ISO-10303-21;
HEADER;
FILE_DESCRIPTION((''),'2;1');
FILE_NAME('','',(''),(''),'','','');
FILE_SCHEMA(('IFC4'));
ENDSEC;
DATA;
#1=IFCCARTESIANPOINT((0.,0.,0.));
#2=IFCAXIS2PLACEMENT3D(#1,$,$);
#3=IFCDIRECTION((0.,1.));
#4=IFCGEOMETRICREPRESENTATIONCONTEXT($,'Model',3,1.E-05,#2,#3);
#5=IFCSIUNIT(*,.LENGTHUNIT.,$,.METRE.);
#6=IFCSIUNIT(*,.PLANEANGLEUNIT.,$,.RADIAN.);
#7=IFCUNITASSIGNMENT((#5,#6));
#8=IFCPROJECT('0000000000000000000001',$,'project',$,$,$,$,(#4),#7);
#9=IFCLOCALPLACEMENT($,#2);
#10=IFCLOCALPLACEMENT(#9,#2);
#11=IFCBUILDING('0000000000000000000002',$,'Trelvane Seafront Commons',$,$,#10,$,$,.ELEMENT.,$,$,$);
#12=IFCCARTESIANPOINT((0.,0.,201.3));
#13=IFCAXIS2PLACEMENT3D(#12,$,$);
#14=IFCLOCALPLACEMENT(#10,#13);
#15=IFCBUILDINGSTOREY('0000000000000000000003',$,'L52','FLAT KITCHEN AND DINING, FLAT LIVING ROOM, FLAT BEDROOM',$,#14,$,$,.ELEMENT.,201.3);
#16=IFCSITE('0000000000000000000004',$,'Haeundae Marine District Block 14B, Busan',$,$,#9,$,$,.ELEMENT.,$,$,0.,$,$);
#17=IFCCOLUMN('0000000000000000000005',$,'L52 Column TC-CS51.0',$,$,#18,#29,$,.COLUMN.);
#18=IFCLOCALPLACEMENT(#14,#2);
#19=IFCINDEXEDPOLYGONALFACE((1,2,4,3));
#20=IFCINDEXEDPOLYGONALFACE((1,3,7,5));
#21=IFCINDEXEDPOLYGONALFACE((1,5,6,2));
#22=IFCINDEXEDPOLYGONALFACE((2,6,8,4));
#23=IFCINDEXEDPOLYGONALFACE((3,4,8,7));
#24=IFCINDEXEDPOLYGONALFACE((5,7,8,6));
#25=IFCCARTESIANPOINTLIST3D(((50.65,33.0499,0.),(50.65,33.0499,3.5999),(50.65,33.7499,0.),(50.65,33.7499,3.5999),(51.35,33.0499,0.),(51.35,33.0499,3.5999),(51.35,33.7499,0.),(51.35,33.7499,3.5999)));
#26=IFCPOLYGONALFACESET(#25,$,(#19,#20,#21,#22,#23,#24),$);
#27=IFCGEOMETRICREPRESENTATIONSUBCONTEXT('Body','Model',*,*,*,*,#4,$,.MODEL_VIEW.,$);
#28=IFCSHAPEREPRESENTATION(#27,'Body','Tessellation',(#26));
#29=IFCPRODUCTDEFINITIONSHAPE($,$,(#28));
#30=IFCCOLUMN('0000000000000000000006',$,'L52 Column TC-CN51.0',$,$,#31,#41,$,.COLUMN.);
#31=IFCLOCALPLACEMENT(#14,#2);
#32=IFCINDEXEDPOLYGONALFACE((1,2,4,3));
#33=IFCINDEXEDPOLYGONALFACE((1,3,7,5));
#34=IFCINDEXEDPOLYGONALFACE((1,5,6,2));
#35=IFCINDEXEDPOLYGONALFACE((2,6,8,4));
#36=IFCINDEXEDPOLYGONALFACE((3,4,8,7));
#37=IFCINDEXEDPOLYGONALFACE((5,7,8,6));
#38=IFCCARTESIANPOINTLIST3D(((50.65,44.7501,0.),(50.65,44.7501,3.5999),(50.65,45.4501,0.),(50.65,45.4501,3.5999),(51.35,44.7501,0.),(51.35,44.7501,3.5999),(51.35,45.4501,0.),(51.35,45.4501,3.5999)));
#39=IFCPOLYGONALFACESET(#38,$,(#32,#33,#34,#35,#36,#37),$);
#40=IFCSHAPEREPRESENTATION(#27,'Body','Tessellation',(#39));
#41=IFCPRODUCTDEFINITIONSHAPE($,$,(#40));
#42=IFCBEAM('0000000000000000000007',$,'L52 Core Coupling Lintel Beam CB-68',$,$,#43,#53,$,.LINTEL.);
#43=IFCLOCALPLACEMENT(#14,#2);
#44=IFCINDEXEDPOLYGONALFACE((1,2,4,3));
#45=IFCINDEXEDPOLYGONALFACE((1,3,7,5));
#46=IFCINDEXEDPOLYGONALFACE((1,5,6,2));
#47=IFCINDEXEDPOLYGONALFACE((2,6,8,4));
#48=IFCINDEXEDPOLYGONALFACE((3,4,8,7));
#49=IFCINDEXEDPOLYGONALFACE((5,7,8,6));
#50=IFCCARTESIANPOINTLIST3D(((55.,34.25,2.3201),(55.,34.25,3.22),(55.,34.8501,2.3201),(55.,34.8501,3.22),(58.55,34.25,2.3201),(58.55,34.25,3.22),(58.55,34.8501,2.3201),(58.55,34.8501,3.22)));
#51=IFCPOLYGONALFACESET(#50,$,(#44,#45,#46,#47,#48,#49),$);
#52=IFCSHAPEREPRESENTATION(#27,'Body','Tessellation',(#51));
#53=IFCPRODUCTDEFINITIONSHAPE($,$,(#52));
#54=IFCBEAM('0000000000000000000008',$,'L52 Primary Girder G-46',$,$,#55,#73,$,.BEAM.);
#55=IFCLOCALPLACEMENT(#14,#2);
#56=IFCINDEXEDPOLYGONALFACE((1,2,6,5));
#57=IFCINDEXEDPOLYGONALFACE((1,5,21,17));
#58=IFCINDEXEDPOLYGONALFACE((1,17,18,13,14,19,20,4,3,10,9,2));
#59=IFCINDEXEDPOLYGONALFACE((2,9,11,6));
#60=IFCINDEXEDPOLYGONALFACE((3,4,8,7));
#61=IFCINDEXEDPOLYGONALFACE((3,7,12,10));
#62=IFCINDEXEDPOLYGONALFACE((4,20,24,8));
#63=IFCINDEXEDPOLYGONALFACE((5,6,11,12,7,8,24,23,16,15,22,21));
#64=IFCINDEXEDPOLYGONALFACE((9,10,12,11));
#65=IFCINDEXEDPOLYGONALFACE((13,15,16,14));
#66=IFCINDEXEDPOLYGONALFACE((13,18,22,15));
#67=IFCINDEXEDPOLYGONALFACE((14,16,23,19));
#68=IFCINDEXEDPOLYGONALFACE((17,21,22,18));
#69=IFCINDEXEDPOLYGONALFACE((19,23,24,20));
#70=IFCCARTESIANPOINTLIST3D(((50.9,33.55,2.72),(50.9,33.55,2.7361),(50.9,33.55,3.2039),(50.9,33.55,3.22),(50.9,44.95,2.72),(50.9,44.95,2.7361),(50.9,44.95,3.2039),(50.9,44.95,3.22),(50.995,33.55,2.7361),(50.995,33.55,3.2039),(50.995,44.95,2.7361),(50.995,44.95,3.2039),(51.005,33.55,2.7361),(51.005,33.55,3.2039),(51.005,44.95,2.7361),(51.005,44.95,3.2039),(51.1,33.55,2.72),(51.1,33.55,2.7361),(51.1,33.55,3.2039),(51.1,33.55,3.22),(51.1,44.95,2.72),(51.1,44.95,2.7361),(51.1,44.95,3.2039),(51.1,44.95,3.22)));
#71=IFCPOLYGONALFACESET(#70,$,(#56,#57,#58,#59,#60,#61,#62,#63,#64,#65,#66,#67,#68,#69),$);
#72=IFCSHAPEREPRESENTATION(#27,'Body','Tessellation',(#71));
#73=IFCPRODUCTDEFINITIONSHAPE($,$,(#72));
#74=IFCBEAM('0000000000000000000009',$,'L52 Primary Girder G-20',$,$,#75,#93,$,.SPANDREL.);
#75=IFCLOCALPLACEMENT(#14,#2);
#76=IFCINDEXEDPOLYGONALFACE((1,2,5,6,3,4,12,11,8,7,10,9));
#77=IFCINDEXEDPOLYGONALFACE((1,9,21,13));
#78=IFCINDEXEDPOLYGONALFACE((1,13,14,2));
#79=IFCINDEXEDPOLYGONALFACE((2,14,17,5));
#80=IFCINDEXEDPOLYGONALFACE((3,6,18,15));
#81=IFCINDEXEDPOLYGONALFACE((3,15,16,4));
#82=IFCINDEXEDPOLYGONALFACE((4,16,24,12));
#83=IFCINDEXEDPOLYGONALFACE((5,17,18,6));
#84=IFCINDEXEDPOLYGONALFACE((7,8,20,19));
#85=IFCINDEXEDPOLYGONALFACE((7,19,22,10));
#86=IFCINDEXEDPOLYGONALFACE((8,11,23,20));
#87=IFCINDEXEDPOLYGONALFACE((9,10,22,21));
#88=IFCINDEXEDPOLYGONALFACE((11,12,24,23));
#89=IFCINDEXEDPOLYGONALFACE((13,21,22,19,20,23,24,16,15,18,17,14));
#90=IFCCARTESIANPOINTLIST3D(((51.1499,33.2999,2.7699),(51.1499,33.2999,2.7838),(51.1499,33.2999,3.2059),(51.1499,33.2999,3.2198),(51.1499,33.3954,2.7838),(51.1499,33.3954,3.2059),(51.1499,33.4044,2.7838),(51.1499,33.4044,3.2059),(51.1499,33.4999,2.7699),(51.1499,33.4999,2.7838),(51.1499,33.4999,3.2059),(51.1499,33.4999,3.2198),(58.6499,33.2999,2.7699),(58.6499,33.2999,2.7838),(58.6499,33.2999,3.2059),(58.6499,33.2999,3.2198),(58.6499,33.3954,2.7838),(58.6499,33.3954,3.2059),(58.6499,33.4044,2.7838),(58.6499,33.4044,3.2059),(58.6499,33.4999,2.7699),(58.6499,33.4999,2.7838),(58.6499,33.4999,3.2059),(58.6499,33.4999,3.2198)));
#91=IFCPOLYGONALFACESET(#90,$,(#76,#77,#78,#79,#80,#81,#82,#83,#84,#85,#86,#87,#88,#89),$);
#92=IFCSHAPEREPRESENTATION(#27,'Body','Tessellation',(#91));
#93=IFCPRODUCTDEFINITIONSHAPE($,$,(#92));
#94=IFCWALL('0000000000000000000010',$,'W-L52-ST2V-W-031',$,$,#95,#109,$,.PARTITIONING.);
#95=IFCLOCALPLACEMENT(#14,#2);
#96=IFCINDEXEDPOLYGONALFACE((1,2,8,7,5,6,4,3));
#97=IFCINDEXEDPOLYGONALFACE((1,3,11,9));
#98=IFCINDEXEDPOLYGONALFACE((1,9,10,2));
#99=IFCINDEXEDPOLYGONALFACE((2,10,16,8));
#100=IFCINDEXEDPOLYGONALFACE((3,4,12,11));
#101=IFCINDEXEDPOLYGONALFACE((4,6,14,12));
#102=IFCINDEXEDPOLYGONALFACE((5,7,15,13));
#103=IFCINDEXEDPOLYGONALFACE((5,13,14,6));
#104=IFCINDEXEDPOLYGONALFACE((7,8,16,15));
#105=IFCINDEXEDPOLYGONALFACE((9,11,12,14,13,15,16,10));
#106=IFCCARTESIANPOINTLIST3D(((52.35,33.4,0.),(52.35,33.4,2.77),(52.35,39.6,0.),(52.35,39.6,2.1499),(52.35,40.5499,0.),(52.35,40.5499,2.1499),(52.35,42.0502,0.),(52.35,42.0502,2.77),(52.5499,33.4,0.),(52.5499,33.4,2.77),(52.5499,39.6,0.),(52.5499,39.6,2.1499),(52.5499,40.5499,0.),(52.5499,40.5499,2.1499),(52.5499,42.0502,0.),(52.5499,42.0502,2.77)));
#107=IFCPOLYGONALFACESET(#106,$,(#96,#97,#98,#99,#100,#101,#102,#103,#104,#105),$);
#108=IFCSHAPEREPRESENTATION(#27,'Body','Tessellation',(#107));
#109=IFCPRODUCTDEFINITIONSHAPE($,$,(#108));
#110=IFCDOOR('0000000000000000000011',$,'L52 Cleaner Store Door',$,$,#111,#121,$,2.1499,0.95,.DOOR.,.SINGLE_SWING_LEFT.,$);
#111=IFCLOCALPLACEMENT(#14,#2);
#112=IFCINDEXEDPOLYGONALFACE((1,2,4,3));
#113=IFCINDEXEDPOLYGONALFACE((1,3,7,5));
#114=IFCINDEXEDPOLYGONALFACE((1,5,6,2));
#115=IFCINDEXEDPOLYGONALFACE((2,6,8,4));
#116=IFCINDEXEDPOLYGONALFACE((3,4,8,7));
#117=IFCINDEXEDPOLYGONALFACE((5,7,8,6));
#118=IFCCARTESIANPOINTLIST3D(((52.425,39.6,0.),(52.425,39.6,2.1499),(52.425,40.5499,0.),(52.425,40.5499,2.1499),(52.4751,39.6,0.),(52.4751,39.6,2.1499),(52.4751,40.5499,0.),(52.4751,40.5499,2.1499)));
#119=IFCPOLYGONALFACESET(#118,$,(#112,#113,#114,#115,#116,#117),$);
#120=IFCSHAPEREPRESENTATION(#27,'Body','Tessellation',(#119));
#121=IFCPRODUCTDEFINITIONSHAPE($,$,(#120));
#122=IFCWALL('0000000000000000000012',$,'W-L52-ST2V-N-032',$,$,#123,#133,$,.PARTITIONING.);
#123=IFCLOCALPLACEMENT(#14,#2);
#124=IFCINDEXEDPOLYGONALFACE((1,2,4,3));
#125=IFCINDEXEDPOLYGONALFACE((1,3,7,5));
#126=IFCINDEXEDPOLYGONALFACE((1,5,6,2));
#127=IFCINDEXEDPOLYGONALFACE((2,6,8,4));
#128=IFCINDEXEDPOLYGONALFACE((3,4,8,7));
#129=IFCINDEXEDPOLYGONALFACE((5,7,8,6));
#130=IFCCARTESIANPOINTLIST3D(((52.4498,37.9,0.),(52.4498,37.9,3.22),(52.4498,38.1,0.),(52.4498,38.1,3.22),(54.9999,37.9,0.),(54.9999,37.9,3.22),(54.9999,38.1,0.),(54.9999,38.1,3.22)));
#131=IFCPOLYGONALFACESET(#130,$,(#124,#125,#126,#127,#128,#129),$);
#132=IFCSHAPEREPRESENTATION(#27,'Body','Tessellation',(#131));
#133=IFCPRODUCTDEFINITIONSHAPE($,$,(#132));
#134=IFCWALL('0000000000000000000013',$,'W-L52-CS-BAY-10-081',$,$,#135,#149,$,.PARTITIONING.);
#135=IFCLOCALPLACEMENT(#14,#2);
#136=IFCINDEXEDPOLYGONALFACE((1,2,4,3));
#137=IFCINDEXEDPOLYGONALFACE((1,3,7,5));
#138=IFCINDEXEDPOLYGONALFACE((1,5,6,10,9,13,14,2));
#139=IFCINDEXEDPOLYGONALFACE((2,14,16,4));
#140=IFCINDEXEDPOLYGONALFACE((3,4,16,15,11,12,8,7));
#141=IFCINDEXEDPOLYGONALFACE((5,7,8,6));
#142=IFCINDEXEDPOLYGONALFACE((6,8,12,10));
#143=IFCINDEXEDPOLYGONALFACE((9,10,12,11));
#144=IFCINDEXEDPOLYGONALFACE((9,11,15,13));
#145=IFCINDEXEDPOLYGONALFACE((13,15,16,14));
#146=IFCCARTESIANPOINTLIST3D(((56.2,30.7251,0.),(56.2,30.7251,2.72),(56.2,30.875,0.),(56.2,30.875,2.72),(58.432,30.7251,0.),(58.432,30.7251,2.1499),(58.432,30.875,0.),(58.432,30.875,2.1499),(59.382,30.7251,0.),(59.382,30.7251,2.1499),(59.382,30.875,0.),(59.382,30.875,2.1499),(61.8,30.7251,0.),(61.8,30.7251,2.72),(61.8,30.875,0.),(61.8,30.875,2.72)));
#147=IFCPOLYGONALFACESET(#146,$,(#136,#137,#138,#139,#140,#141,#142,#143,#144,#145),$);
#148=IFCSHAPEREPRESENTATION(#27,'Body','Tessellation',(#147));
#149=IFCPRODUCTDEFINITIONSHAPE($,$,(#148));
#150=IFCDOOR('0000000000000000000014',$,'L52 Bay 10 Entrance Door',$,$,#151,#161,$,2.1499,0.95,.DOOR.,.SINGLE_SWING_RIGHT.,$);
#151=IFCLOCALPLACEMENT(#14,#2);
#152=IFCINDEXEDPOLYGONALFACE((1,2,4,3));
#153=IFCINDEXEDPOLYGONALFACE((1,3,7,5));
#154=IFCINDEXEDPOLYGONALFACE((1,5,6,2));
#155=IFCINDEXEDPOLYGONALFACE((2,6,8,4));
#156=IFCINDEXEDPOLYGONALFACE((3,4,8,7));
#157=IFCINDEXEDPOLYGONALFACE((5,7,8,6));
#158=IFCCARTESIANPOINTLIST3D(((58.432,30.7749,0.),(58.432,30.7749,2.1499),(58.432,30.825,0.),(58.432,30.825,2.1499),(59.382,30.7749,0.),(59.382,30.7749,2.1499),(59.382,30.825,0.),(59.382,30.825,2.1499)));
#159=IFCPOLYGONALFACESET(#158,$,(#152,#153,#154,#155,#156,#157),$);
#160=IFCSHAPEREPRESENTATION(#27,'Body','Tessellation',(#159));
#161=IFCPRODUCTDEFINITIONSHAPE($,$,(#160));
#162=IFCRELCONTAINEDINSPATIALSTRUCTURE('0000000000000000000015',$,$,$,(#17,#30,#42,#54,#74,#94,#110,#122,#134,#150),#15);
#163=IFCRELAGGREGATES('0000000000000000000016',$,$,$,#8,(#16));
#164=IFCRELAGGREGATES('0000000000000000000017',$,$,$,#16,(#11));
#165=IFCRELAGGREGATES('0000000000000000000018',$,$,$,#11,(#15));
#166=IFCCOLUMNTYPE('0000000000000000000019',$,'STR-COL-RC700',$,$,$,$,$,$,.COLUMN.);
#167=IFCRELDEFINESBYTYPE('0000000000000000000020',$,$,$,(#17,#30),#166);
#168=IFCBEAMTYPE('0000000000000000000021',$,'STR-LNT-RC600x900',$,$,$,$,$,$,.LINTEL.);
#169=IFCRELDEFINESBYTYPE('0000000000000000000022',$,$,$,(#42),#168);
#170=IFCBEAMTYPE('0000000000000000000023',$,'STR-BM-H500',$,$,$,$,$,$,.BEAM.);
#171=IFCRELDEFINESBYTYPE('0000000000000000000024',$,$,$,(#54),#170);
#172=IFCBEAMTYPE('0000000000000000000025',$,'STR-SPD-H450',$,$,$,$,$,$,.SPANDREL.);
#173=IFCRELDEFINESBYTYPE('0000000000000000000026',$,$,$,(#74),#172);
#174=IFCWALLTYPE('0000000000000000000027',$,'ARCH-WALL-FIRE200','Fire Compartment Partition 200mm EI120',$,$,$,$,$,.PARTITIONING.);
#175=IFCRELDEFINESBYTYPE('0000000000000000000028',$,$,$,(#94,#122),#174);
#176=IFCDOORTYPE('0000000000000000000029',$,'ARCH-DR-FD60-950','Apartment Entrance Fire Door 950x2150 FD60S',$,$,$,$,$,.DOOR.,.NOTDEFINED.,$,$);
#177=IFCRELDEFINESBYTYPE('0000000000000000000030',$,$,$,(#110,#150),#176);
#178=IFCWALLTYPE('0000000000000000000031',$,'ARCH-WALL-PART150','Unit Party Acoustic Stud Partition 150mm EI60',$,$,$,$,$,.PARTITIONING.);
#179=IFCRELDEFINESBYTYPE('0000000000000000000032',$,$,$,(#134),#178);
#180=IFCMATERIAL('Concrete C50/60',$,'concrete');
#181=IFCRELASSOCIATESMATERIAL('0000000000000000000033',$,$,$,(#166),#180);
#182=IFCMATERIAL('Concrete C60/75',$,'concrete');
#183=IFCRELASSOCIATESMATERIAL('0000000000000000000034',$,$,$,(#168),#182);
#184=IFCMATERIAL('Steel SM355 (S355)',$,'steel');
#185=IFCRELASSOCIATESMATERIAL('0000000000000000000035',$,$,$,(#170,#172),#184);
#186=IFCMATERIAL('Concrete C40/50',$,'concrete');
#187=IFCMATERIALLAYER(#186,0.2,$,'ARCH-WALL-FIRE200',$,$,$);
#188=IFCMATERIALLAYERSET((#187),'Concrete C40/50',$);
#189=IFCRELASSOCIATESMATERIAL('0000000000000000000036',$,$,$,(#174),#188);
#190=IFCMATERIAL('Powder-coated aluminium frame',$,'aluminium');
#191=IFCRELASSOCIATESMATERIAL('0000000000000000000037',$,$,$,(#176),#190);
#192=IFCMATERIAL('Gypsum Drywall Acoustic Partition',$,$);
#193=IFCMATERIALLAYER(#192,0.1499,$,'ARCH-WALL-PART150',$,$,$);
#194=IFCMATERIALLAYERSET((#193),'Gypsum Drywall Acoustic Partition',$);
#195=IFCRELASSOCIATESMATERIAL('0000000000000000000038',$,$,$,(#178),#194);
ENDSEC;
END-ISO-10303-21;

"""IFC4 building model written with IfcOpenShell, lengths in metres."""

from ifc_helpers import new_model, si_unit, direction, frame, frame_2d, origin, origin_2d, place, context, subcontext, project, spatial, rectangle, i_section, extrude, source, transform, mapped, material, layer, layer_set, material_profile, profile_set, type_object, element, fill, save


model = new_model("IFC4")

# Units and contexts
model_context = context("Model", 3, precision=1e-05, world=origin(), true_north=direction((0.0, 1.0)))
body_context = subcontext(model_context, "Body", "Model", "MODEL_VIEW")
ifc_project = project(units=[si_unit("LENGTHUNIT", "METRE"), si_unit("PLANEANGLEUNIT", "RADIAN")], contexts=[model_context])

# Site, building, storey
site_placement = place(None, origin())
site = spatial("IfcSite", under=ifc_project, at=site_placement, Name="Haeundae Marine District Block 14B, Busan", CompositionType="ELEMENT", RefElevation=0.0)
building_placement = place(site_placement, origin())
building = spatial("IfcBuilding", under=site, at=building_placement, Name="Trelvane Seafront Commons", CompositionType="ELEMENT")
storey_placement = place(building_placement, frame((0.0, 0.0, 201.3)))
storey = spatial("IfcBuildingStorey", under=building, at=storey_placement, Name="L52", Description="FLAT KITCHEN AND DINING, FLAT LIVING ROOM, FLAT BEDROOM", CompositionType="ELEMENT", Elevation=201.3)

# Columns
ifc_material_1 = material(Name="Concrete C50/60", Category="concrete")
ifc_material_profile_1 = material_profile(ifc_material_1, rectangle(XDim=0.7, YDim=0.7, at=origin_2d()), Name="RC-700x700")
ifc_profile_set_1 = profile_set([ifc_material_profile_1], Name="Concrete C50/60")
column_type = type_object("IfcColumnType", Name="STR-COL-RC700", PredefinedType="COLUMN", material=ifc_profile_set_1)
shared_shape_1 = source(origin(), body_context, "Body", "SweptSolid", [
    extrude(rectangle(XDim=0.7, YDim=0.7, at=origin_2d()), origin(), (0.0, 0.0, 1.0), 3.5999),
])
for number, where, z_axis, x_axis, name in (
    (1, (51.0, 33.3999, 0.0), (0.0, 0.0, 1.0), (1.0, 0.0, 0.0), "L52 Column TC-CS51.0"),
    (2, (51.0, 45.1001, 0.0), (0.0, 0.0, 1.0), (1.0, 0.0, 0.0), "L52 Column TC-CN51.0"),
):
    element("IfcColumn", number, at=place(storey_placement, frame(where, z_axis=z_axis, x_axis=x_axis)), inside=storey, type_object=column_type, Name=name, PredefinedType="COLUMN", context=body_context, shape_type="MappedRepresentation", body=[
        mapped(shared_shape_1, transform((0.0, 0.0, 0.0), x_axis=(1.0, 0.0, 0.0), y_axis=(0.0, 1.0, 0.0), z_axis=(0.0, 0.0, 1.0), scale=1.0)),
    ])

# Beams
ifc_material_2 = material(Name="Concrete C60/75", Category="concrete")
ifc_material_profile_2 = material_profile(ifc_material_2, rectangle(XDim=0.6001, YDim=0.8999, at=origin_2d()), Name="RC-600x900")
ifc_profile_set_2 = profile_set([ifc_material_profile_2], Name="Concrete C60/75")
beam_type_1 = type_object("IfcBeamType", Name="STR-LNT-RC600x900", PredefinedType="LINTEL", material=ifc_profile_set_2)
shared_shape_2 = source(origin(), body_context, "Body", "SweptSolid", [
    extrude(rectangle(XDim=0.6001, YDim=0.8999, at=origin_2d()), origin(), (0.0, 0.0, 1.0), 3.55),
])
beam_1_placement = place(storey_placement, frame((55.0, 34.55, 2.77), z_axis=(1.0, 0.0, 0.0), x_axis=(0.0, 1.0, 0.0)))
element("IfcBeam", 3, at=beam_1_placement, inside=storey, type_object=beam_type_1, Name="L52 Core Coupling Lintel Beam CB-68", PredefinedType="LINTEL", context=body_context, shape_type="MappedRepresentation", body=[
    mapped(shared_shape_2, transform((0.0, 0.0, 0.0), x_axis=(1.0, 0.0, 0.0), y_axis=(0.0, 1.0, 0.0), z_axis=(0.0, 0.0, 1.0), scale=1.0)),
])
ifc_material_3 = material(Name="Steel SM355 (S355)", Category="steel")
ifc_material_profile_3 = material_profile(ifc_material_3, i_section(OverallWidth=0.2, OverallDepth=0.5, WebThickness=0.01, FlangeThickness=0.0161, at=origin_2d()), Name="H-500x200x10x16")
ifc_profile_set_3 = profile_set([ifc_material_profile_3], Name="Steel SM355 (S355)")
beam_type_2 = type_object("IfcBeamType", Name="STR-BM-H500", PredefinedType="BEAM", material=ifc_profile_set_3)
shared_shape_3 = source(origin(), body_context, "Body", "SweptSolid", [
    extrude(i_section(OverallWidth=0.2, OverallDepth=0.5, WebThickness=0.01, FlangeThickness=0.0161, at=origin_2d()), origin(), (0.0, 0.0, 1.0), 11.3999),
])
beam_2_placement = place(storey_placement, frame((51.0, 33.55, 2.97), z_axis=(0.0, 1.0, 0.0), x_axis=(-1.0, 0.0, 0.0)))
element("IfcBeam", 4, at=beam_2_placement, inside=storey, type_object=beam_type_2, Name="L52 Primary Girder G-46", PredefinedType="BEAM", context=body_context, shape_type="MappedRepresentation", body=[
    mapped(shared_shape_3, transform((0.0, 0.0, 0.0), x_axis=(1.0, 0.0, 0.0), y_axis=(0.0, 1.0, 0.0), z_axis=(0.0, 0.0, 1.0), scale=1.0)),
])
ifc_material_profile_4 = material_profile(ifc_material_3, i_section(OverallWidth=0.2, OverallDepth=0.45, WebThickness=0.009, FlangeThickness=0.0139, at=origin_2d()), Name="H-450x200x9x14")
ifc_profile_set_4 = profile_set([ifc_material_profile_4], Name="Steel SM355 (S355)")
beam_type_3 = type_object("IfcBeamType", Name="STR-SPD-H450", PredefinedType="SPANDREL", material=ifc_profile_set_4)
shared_shape_4 = source(origin(), body_context, "Body", "SweptSolid", [
    extrude(i_section(OverallWidth=0.2, OverallDepth=0.45, WebThickness=0.009, FlangeThickness=0.0139, at=origin_2d()), origin(), (0.0, 0.0, 1.0), 7.5),
])
beam_3_placement = place(storey_placement, frame((51.1499, 33.3999, 2.9949), z_axis=(1.0, 0.0, 0.0), x_axis=(0.0, 1.0, 0.0)))
element("IfcBeam", 5, at=beam_3_placement, inside=storey, type_object=beam_type_3, Name="L52 Primary Girder G-20", PredefinedType="SPANDREL", context=body_context, shape_type="MappedRepresentation", body=[
    mapped(shared_shape_4, transform((0.0, 0.0, 0.0), x_axis=(1.0, 0.0, 0.0), y_axis=(0.0, 1.0, 0.0), z_axis=(0.0, 0.0, 1.0), scale=1.0)),
])

# Wall, opening, door
ifc_material_4 = material(Name="Concrete C40/50", Category="concrete")
ifc_layer_1 = layer(ifc_material_4, 0.2, Name="ARCH-WALL-FIRE200")
ifc_layer_set_1 = layer_set([ifc_layer_1], Name="Concrete C40/50")
wall_type_1 = type_object("IfcWallType", Name="ARCH-WALL-FIRE200", Description="Fire Compartment Partition 200mm EI120", PredefinedType="PARTITIONING", material=ifc_layer_set_1)
wall_1_placement = place(storey_placement, frame((52.45, 33.3999, 0.0), z_axis=(0.0, 0.0, 1.0), x_axis=(0.0, 1.0, 0.0)))
wall_1 = element("IfcWall", 6, at=wall_1_placement, inside=storey, type_object=wall_type_1, Name="W-L52-ST2V-W-031", PredefinedType="PARTITIONING", context=body_context, shape_type="SweptSolid", body=[
    extrude(rectangle(XDim=8.6501, YDim=0.2, at=frame_2d((4.3252, 0.0))), origin(), (0.0, 0.0, 1.0), 2.77),
])
opening_1_placement = place(wall_1_placement, frame((6.2, 0.0, 0.0)))
opening_1 = element("IfcOpeningElement", 7, at=opening_1_placement, cuts=wall_1, PredefinedType="OPENING", context=body_context, shape_type="SweptSolid", body=[
    extrude(rectangle(XDim=0.95, YDim=2.1499, at=frame_2d((0.4751, 1.075))), frame((0.0, 0.1099, 0.0), z_axis=(0.0, -1.0, 0.0), x_axis=(1.0, 0.0, 0.0)), (0.0, 0.0, 1.0), 0.22),
])
ifc_material_5 = material(Name="Powder-coated aluminium frame", Category="aluminium")
door_type_1 = type_object("IfcDoorType", Name="ARCH-DR-FD60-950", Description="Apartment Entrance Fire Door 950x2150 FD60S", OperationType="NOTDEFINED", PredefinedType="DOOR", material=ifc_material_5)
shared_shape_5 = source(origin(), body_context, "Body", "SweptSolid", [
    extrude(rectangle(XDim=0.95, YDim=2.1499, at=frame_2d((0.4751, 1.075))), frame((0.0, 0.0249, 0.0), z_axis=(0.0, -1.0, 0.0), x_axis=(1.0, 0.0, 0.0)), (0.0, 0.0, 1.0), 0.05),
])
door_1_placement = place(opening_1_placement, origin())
door_1 = element("IfcDoor", 8, at=door_1_placement, inside=storey, type_object=door_type_1, Name="L52 Cleaner Store Door", OperationType="SINGLE_SWING_LEFT", OverallHeight=2.1499, OverallWidth=0.95, PredefinedType="DOOR", context=body_context, shape_type="MappedRepresentation", body=[
    mapped(shared_shape_5, transform((0.0, 0.0, 0.0), x_axis=(1.0, 0.0, 0.0), y_axis=(0.0, 1.0, 0.0), z_axis=(0.0, 0.0, 1.0), scale=1.0)),
])
fill(opening_1, door_1)

# Wall
wall_2_placement = place(storey_placement, frame((52.45, 38.0, 0.0), z_axis=(0.0, 0.0, 1.0), x_axis=(1.0, 0.0, 0.0)))
element("IfcWall", 9, at=wall_2_placement, inside=storey, type_object=wall_type_1, Name="W-L52-ST2V-N-032", PredefinedType="PARTITIONING", context=body_context, shape_type="SweptSolid", body=[
    extrude(rectangle(XDim=2.55, YDim=0.2, at=frame_2d((1.2749, 0.0))), origin(), (0.0, 0.0, 1.0), 3.22),
])

# Wall, opening, door
ifc_material_6 = material(Name="Gypsum Drywall Acoustic Partition")
ifc_layer_2 = layer(ifc_material_6, 0.1499, Name="ARCH-WALL-PART150")
ifc_layer_set_2 = layer_set([ifc_layer_2], Name="Gypsum Drywall Acoustic Partition")
wall_type_2 = type_object("IfcWallType", Name="ARCH-WALL-PART150", Description="Unit Party Acoustic Stud Partition 150mm EI60", PredefinedType="PARTITIONING", material=ifc_layer_set_2)
wall_3_placement = place(storey_placement, frame((56.2, 30.8, 0.0), z_axis=(0.0, 0.0, 1.0), x_axis=(1.0, 0.0, 0.0)))
wall_3 = element("IfcWall", 10, at=wall_3_placement, inside=storey, type_object=wall_type_2, Name="W-L52-CS-BAY-10-081", PredefinedType="PARTITIONING", context=body_context, shape_type="SweptSolid", body=[
    extrude(rectangle(XDim=5.6001, YDim=0.1499, at=frame_2d((2.8, 0.0))), origin(), (0.0, 0.0, 1.0), 2.72),
])
opening_2_placement = place(wall_3_placement, frame((2.2319, 0.0, 0.0)))
opening_2 = element("IfcOpeningElement", 11, at=opening_2_placement, cuts=wall_3, PredefinedType="OPENING", context=body_context, shape_type="SweptSolid", body=[
    extrude(rectangle(XDim=0.95, YDim=2.1499, at=frame_2d((0.4751, 1.075))), frame((0.0, 0.085, 0.0), z_axis=(0.0, -1.0, 0.0), x_axis=(1.0, 0.0, 0.0)), (0.0, 0.0, 1.0), 0.1699),
])
door_2_placement = place(opening_2_placement, origin())
door_2 = element("IfcDoor", 12, at=door_2_placement, inside=storey, type_object=door_type_1, Name="L52 Bay 10 Entrance Door", OperationType="SINGLE_SWING_RIGHT", OverallHeight=2.1499, OverallWidth=0.95, PredefinedType="DOOR", context=body_context, shape_type="MappedRepresentation", body=[
    mapped(shared_shape_5, transform((0.0, 0.0, 0.0), x_axis=(1.0, 0.0, 0.0), y_axis=(0.0, 1.0, 0.0), z_axis=(0.0, 0.0, 1.0), scale=1.0)),
])
fill(opening_2, door_2)

save(model, "model.ifc")
